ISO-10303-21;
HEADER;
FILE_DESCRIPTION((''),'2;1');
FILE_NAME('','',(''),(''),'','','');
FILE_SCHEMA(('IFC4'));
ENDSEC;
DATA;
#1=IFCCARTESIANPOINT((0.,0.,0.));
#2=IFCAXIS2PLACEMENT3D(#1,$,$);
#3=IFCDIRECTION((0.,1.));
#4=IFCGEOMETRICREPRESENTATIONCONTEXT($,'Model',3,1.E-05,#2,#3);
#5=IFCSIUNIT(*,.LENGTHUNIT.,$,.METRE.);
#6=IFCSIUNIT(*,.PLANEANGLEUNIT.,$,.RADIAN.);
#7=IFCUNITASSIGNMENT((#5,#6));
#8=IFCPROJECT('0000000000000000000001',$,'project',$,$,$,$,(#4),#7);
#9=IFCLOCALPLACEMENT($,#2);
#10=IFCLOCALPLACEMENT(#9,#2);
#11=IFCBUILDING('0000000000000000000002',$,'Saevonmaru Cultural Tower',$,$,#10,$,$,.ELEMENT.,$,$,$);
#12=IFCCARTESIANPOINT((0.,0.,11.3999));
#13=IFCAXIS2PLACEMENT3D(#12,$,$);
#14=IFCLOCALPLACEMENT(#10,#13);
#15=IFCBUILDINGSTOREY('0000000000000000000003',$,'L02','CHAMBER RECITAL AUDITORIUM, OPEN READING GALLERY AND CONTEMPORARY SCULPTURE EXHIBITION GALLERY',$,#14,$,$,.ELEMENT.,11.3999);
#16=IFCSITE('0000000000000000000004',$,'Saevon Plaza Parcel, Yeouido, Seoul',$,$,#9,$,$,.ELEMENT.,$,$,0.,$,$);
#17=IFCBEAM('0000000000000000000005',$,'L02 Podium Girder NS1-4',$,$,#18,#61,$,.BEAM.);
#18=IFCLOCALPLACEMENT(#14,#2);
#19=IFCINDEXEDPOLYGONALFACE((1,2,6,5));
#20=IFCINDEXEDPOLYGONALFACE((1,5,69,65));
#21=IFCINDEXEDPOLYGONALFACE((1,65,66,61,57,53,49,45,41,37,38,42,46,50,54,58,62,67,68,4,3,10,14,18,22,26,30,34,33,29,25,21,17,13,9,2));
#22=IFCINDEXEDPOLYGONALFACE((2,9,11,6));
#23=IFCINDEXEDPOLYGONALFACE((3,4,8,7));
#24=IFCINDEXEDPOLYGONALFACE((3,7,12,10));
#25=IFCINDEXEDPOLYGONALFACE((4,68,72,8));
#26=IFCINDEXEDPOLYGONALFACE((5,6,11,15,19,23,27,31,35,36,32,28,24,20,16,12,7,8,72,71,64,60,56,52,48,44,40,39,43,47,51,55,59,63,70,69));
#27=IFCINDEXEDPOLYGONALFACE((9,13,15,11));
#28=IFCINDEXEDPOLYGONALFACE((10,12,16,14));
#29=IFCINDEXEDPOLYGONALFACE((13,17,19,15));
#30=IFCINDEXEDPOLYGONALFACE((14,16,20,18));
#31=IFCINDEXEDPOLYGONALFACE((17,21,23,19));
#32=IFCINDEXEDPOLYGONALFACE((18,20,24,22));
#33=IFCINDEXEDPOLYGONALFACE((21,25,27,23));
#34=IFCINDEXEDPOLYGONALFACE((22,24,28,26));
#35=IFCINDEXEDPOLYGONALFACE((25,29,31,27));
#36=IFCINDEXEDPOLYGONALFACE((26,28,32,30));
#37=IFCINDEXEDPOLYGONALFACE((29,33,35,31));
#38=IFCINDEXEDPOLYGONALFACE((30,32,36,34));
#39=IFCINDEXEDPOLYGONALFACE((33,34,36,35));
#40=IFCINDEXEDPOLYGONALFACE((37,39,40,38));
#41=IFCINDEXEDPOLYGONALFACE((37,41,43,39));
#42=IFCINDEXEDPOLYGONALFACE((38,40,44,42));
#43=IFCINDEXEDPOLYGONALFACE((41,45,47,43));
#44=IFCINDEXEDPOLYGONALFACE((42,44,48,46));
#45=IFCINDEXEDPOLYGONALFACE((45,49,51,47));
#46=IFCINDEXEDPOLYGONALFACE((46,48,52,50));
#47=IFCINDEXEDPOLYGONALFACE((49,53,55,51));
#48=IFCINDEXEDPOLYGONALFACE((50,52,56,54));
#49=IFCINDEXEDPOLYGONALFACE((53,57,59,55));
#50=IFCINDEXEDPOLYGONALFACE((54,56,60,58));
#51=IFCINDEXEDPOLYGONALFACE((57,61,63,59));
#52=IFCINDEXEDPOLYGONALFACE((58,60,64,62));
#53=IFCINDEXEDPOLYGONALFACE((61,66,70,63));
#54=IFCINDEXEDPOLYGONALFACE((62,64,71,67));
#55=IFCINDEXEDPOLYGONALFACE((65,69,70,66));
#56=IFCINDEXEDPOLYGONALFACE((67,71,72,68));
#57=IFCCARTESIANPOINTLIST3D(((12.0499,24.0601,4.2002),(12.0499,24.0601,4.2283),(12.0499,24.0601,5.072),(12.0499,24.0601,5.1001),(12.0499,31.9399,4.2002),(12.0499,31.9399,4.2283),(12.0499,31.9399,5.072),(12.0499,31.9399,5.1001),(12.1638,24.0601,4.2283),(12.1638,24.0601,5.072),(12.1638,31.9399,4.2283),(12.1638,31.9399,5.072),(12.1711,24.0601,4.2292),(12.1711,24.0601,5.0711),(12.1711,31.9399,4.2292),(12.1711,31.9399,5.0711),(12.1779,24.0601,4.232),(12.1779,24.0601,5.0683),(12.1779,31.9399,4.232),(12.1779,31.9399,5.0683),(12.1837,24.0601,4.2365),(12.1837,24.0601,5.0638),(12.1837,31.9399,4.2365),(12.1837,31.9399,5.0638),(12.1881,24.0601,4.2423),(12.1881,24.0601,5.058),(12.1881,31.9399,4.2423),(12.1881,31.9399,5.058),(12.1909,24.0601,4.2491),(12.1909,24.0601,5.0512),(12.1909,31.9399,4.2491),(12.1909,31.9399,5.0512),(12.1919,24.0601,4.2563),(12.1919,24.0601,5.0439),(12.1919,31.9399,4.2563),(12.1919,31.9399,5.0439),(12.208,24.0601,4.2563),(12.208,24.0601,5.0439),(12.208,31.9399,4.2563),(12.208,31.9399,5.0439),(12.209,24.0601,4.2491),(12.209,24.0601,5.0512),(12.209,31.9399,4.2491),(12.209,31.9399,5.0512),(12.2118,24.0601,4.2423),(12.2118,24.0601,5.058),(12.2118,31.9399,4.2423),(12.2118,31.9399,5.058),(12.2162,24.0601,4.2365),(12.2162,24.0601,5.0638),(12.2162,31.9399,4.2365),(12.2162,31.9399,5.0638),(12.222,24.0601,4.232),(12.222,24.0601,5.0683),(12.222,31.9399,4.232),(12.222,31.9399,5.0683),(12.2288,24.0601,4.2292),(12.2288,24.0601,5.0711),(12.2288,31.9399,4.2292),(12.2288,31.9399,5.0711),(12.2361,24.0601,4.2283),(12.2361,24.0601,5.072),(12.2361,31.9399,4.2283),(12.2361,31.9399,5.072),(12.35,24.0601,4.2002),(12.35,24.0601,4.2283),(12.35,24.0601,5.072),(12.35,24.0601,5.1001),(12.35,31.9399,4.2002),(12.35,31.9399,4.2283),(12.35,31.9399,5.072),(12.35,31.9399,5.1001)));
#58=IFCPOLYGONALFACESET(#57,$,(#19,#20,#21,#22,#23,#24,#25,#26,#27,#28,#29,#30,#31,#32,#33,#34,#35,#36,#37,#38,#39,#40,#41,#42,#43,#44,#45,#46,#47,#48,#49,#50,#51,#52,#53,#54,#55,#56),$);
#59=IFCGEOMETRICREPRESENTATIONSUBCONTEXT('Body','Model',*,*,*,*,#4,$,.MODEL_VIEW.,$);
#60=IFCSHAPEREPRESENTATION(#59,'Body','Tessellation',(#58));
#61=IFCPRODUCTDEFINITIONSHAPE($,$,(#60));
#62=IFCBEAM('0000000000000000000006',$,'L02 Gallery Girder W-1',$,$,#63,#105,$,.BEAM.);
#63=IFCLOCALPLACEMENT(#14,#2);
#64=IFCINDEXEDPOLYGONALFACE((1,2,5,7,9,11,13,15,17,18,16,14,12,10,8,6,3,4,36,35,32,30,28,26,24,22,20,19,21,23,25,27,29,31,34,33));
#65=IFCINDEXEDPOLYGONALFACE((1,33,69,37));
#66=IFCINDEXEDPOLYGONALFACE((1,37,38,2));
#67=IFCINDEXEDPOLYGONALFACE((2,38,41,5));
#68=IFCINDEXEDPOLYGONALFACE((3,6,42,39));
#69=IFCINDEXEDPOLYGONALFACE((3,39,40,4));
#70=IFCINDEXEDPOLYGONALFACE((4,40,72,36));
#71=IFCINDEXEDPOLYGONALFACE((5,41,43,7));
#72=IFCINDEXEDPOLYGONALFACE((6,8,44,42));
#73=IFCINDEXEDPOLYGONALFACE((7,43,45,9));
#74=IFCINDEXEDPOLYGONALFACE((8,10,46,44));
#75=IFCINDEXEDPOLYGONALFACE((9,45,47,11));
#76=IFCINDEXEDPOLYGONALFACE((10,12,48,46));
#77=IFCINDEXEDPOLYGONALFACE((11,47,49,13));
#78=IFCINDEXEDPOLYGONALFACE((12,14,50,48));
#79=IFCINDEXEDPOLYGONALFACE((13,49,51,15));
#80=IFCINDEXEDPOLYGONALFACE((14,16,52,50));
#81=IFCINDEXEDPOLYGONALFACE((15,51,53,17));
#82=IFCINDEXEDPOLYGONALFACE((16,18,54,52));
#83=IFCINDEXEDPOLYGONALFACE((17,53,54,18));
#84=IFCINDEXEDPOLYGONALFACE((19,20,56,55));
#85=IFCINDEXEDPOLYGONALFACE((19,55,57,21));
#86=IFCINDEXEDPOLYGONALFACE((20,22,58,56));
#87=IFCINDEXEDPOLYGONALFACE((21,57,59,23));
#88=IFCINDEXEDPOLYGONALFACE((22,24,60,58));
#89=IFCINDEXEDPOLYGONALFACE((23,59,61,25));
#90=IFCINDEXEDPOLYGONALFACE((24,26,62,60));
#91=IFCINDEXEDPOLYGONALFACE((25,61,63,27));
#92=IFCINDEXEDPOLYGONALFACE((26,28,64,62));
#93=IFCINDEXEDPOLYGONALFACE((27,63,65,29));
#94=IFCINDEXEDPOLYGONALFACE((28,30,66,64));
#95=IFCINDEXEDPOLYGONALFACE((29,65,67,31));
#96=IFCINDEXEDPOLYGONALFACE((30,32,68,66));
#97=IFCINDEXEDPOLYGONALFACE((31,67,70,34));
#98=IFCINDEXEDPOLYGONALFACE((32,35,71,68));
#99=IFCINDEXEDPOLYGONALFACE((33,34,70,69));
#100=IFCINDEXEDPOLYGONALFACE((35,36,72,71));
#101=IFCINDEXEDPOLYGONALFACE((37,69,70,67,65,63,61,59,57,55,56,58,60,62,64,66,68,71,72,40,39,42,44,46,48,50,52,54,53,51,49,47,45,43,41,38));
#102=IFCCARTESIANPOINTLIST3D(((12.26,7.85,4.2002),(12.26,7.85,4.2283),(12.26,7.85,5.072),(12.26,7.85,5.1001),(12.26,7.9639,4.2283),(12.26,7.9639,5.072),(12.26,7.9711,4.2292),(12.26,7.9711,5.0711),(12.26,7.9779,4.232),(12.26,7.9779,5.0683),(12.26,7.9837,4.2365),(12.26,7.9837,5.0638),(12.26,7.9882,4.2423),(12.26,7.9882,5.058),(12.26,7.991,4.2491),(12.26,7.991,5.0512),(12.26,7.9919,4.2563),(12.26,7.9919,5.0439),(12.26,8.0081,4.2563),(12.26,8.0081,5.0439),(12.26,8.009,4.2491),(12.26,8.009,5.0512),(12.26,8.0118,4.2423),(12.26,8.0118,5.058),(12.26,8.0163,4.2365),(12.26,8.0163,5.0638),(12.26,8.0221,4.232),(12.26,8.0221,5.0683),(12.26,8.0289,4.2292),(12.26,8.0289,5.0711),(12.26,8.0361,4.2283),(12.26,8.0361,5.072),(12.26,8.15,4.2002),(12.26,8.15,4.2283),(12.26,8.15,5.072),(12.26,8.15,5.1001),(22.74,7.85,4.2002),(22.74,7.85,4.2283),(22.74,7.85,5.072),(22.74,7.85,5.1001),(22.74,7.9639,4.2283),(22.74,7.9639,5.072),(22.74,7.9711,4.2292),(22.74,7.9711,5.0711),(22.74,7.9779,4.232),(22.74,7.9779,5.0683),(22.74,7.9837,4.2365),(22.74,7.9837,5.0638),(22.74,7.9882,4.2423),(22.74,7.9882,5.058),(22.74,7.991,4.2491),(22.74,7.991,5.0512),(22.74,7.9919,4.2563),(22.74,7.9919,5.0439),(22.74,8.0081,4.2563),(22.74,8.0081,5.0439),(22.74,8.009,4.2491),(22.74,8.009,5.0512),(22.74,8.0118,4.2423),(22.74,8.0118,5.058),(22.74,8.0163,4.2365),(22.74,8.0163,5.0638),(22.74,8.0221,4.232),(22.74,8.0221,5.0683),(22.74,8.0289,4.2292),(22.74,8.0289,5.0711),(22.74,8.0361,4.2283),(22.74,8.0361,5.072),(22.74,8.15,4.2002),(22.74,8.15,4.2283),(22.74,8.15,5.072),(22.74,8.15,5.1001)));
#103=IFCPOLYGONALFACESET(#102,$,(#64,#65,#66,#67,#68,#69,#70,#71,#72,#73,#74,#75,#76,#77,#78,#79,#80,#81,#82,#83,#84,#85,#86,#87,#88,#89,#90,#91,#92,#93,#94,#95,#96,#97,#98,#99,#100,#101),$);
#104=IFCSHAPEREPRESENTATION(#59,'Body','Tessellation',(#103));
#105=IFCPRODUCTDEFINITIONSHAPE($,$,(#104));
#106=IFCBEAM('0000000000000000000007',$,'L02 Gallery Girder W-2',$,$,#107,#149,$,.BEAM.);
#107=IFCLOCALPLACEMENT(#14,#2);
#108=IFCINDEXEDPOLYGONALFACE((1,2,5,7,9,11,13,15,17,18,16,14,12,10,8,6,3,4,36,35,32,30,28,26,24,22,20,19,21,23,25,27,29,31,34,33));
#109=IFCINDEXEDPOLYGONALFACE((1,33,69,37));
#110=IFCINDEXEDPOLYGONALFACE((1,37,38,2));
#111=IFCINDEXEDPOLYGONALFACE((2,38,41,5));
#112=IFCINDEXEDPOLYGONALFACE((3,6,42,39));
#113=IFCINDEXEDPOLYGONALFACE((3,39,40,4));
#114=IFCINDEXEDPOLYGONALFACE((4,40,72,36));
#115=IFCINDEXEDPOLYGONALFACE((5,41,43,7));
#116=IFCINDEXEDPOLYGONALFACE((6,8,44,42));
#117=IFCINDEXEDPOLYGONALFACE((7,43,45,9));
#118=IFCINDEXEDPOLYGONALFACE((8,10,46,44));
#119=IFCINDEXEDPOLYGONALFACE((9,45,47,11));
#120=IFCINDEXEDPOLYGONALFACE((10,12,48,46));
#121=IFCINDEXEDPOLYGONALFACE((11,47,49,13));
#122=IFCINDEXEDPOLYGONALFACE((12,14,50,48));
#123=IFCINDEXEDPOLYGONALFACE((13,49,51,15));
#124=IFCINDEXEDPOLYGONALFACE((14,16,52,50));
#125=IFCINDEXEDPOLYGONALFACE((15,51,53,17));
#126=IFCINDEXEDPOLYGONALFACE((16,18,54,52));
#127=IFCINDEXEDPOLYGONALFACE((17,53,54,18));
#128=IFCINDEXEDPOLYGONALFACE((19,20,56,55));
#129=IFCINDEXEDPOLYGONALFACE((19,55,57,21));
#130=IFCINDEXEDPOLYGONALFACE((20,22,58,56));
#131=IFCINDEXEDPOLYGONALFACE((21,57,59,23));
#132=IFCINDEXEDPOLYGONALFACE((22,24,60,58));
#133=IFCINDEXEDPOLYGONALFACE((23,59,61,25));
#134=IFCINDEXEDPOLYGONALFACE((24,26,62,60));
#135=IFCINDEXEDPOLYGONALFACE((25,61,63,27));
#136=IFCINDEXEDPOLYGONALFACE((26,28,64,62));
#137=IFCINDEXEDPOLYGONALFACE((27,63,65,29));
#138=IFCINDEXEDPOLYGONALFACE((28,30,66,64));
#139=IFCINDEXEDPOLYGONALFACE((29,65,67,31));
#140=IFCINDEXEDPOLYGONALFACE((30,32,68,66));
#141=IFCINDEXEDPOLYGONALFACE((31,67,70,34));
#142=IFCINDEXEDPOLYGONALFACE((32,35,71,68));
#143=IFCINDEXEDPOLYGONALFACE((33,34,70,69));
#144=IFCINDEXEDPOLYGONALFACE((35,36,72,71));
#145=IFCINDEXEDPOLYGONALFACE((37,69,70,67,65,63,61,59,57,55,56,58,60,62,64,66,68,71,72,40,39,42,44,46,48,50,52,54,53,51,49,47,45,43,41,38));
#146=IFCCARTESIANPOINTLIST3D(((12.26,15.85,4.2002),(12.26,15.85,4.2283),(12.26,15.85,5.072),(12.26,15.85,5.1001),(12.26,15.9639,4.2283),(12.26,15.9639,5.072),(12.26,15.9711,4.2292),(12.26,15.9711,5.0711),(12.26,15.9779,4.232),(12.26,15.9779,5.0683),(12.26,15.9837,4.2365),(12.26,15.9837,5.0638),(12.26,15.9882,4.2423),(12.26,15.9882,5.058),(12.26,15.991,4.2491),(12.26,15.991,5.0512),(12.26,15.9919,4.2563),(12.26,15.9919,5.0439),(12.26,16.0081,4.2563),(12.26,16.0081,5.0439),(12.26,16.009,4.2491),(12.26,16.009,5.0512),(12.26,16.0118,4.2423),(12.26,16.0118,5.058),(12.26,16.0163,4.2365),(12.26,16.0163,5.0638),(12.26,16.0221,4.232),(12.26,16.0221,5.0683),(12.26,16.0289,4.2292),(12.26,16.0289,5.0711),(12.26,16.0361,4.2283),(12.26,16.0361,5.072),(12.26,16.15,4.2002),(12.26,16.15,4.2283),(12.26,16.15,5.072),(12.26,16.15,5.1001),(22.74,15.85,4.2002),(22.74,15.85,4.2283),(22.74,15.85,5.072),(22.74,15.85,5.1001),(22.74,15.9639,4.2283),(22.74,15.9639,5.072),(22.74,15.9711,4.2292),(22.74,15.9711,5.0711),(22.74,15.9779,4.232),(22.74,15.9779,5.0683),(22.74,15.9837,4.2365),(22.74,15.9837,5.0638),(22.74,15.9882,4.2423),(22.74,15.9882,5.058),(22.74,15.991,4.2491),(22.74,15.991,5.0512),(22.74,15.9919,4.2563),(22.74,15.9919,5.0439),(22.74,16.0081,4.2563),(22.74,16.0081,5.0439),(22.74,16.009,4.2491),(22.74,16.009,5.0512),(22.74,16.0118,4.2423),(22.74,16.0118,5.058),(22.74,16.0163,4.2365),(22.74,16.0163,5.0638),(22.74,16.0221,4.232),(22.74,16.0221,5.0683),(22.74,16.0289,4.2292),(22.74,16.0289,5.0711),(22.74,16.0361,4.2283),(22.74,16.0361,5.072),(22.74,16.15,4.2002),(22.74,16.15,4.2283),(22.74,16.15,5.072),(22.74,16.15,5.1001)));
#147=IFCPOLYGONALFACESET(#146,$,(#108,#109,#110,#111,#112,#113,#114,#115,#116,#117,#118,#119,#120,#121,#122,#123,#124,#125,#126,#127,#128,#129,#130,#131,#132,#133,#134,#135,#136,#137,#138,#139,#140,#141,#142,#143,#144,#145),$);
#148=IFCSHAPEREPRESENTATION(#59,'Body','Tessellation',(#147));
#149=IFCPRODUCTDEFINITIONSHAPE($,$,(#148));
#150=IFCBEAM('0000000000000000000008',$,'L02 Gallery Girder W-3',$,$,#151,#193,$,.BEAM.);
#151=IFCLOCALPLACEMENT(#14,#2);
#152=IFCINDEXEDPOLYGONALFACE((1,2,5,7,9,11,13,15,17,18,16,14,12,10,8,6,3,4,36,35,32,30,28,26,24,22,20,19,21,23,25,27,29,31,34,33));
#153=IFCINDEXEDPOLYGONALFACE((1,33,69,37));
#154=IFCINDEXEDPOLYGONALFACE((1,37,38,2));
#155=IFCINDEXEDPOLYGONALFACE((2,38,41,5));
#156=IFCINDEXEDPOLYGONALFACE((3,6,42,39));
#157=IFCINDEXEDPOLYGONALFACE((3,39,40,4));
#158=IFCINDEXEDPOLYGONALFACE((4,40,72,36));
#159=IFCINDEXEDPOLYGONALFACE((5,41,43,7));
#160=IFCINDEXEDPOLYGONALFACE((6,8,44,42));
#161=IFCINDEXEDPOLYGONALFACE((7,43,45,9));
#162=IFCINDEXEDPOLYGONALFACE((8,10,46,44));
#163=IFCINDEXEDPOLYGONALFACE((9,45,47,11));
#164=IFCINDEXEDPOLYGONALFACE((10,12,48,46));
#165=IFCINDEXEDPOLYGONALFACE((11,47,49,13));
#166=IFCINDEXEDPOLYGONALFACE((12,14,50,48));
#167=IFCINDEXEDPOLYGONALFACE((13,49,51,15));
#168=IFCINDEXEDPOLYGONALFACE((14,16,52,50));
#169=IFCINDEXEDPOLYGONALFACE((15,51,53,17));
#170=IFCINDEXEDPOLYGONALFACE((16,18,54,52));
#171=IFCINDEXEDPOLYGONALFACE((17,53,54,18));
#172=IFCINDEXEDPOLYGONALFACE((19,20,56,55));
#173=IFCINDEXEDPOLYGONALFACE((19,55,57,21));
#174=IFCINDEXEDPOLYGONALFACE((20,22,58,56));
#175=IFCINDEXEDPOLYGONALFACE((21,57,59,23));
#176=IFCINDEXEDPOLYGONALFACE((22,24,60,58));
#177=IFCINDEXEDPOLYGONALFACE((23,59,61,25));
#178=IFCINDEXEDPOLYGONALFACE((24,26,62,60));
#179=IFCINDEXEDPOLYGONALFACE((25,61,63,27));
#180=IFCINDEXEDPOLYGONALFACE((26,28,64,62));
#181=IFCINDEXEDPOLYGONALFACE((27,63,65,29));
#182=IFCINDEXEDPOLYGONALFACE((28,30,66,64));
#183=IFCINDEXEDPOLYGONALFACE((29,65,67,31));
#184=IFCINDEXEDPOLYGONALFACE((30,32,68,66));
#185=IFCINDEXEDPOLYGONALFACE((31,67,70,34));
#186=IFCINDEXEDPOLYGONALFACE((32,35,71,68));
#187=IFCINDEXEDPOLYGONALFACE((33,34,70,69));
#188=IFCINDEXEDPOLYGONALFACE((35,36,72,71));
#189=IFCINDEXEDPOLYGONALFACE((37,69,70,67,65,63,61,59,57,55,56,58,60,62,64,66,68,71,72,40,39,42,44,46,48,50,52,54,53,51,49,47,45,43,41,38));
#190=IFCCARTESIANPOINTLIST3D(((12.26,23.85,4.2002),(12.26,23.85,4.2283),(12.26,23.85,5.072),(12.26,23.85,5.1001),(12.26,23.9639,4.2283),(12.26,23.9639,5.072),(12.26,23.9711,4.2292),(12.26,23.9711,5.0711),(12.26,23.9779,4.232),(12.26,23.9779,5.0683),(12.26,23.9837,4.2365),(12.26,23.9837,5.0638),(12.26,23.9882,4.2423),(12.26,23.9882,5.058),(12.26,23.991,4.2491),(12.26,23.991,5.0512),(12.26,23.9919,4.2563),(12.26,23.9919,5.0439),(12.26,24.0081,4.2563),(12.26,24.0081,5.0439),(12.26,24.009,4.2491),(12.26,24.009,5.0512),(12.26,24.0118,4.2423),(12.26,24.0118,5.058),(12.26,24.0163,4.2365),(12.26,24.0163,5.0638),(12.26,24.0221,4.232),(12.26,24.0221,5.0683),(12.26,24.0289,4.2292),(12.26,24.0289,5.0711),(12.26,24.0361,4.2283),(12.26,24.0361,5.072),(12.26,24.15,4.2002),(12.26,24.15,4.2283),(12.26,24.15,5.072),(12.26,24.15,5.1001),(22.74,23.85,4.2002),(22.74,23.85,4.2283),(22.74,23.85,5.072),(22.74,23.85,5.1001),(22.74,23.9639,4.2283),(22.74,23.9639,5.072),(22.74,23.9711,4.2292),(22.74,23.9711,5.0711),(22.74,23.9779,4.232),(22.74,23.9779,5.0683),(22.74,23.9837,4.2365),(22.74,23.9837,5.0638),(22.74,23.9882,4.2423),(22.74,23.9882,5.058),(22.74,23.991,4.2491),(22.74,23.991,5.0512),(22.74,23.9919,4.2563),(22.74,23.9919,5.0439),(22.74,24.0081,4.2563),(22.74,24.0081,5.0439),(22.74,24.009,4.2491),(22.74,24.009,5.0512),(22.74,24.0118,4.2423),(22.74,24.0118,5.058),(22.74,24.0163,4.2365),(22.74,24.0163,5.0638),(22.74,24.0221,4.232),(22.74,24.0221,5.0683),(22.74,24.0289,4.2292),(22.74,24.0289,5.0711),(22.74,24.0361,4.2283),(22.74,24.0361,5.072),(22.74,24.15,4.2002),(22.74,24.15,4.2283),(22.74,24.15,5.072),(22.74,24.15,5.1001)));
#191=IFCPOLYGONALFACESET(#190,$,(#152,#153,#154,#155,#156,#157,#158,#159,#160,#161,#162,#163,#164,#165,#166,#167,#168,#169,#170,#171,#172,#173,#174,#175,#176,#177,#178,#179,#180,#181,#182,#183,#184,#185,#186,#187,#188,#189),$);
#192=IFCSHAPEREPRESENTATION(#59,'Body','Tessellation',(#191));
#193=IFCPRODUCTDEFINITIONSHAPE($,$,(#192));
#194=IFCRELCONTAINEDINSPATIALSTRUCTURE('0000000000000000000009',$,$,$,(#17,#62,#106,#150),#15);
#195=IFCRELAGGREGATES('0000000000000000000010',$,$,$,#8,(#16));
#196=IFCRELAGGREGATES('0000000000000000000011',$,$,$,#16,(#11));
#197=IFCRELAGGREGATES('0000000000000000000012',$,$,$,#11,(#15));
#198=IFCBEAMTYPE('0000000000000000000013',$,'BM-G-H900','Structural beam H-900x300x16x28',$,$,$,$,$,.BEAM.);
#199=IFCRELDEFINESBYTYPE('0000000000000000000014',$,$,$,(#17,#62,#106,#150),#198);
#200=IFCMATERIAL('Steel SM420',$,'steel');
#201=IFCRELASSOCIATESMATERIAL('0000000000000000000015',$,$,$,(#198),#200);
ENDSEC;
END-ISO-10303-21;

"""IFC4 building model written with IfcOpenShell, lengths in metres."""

from ifc_helpers import new_model, si_unit, direction, frame, origin, origin_2d, place, context, subcontext, project, spatial, i_section, extrude, material, material_profile, profile_set, type_object, element, save


model = new_model("IFC4")

# Units and contexts
model_context = context("Model", 3, precision=1e-05, world=origin(), true_north=direction((0.0, 1.0)))
body_context = subcontext(model_context, "Body", "Model", "MODEL_VIEW")
ifc_project = project(units=[si_unit("LENGTHUNIT", "METRE"), si_unit("PLANEANGLEUNIT", "RADIAN")], contexts=[model_context])

# Site, building, storey
site_placement = place(None, origin())
site = spatial("IfcSite", under=ifc_project, at=site_placement, Name="Saevon Plaza Parcel, Yeouido, Seoul", CompositionType="ELEMENT", RefElevation=0.0)
building_placement = place(site_placement, origin())
building = spatial("IfcBuilding", under=site, at=building_placement, Name="Saevonmaru Cultural Tower", CompositionType="ELEMENT")
storey_placement = place(building_placement, frame((0.0, 0.0, 11.3999)))
storey = spatial("IfcBuildingStorey", under=building, at=storey_placement, Name="L02", Description="CHAMBER RECITAL AUDITORIUM, OPEN READING GALLERY AND CONTEMPORARY SCULPTURE EXHIBITION GALLERY", CompositionType="ELEMENT", Elevation=11.3999)

# Shared definitions
ifc_material_1 = material(Name="Steel SM420", Category="steel")

# Beams
ifc_material_profile_1 = material_profile(ifc_material_1, i_section(OverallWidth=0.3, OverallDepth=0.8999, WebThickness=0.0161, FlangeThickness=0.0281, FilletRadius=0.0281, at=origin_2d()), Name="H-900x300x16x28")
ifc_profile_set_1 = profile_set([ifc_material_profile_1], Name="Steel SM420")
beam_type_1 = type_object("IfcBeamType", Name="BM-G-H900", Description="Structural beam H-900x300x16x28", PredefinedType="BEAM", material=ifc_profile_set_1)
for number, where, z_axis, x_axis, name in (
    (1, (12.2, 24.0601, 4.6501), (0.0, 1.0, 0.0), (-1.0, 0.0, 0.0), "L02 Podium Girder NS1-4"),
):
    element("IfcBeam", number, at=place(storey_placement, frame(where, z_axis=z_axis, x_axis=x_axis)), inside=storey, type_object=beam_type_1, Name=name, PredefinedType="BEAM", context=body_context, shape_type="SweptSolid", body=[
        extrude(i_section(OverallWidth=0.3, OverallDepth=0.8999, WebThickness=0.0161, FlangeThickness=0.0281, FilletRadius=0.0281, at=origin_2d()), origin(), (0.0, 0.0, 1.0), 7.8799),
    ])
for number, where, z_axis, x_axis, name in (
    (2, (12.26, 8.0, 4.6501), (1.0, 0.0, 0.0), (0.0, 1.0, 0.0), "L02 Gallery Girder W-1"),
    (3, (12.26, 16.0, 4.6501), (1.0, 0.0, 0.0), (0.0, 1.0, 0.0), "L02 Gallery Girder W-2"),
    (4, (12.26, 24.0, 4.6501), (1.0, 0.0, 0.0), (0.0, 1.0, 0.0), "L02 Gallery Girder W-3"),
):
    element("IfcBeam", number, at=place(storey_placement, frame(where, z_axis=z_axis, x_axis=x_axis)), inside=storey, type_object=beam_type_1, Name=name, PredefinedType="BEAM", context=body_context, shape_type="SweptSolid", body=[
        extrude(i_section(OverallWidth=0.3, OverallDepth=0.8999, WebThickness=0.0161, FlangeThickness=0.0281, FilletRadius=0.0281, at=origin_2d()), origin(), (0.0, 0.0, 1.0), 10.48),
    ])

save(model, "model.ifc")
